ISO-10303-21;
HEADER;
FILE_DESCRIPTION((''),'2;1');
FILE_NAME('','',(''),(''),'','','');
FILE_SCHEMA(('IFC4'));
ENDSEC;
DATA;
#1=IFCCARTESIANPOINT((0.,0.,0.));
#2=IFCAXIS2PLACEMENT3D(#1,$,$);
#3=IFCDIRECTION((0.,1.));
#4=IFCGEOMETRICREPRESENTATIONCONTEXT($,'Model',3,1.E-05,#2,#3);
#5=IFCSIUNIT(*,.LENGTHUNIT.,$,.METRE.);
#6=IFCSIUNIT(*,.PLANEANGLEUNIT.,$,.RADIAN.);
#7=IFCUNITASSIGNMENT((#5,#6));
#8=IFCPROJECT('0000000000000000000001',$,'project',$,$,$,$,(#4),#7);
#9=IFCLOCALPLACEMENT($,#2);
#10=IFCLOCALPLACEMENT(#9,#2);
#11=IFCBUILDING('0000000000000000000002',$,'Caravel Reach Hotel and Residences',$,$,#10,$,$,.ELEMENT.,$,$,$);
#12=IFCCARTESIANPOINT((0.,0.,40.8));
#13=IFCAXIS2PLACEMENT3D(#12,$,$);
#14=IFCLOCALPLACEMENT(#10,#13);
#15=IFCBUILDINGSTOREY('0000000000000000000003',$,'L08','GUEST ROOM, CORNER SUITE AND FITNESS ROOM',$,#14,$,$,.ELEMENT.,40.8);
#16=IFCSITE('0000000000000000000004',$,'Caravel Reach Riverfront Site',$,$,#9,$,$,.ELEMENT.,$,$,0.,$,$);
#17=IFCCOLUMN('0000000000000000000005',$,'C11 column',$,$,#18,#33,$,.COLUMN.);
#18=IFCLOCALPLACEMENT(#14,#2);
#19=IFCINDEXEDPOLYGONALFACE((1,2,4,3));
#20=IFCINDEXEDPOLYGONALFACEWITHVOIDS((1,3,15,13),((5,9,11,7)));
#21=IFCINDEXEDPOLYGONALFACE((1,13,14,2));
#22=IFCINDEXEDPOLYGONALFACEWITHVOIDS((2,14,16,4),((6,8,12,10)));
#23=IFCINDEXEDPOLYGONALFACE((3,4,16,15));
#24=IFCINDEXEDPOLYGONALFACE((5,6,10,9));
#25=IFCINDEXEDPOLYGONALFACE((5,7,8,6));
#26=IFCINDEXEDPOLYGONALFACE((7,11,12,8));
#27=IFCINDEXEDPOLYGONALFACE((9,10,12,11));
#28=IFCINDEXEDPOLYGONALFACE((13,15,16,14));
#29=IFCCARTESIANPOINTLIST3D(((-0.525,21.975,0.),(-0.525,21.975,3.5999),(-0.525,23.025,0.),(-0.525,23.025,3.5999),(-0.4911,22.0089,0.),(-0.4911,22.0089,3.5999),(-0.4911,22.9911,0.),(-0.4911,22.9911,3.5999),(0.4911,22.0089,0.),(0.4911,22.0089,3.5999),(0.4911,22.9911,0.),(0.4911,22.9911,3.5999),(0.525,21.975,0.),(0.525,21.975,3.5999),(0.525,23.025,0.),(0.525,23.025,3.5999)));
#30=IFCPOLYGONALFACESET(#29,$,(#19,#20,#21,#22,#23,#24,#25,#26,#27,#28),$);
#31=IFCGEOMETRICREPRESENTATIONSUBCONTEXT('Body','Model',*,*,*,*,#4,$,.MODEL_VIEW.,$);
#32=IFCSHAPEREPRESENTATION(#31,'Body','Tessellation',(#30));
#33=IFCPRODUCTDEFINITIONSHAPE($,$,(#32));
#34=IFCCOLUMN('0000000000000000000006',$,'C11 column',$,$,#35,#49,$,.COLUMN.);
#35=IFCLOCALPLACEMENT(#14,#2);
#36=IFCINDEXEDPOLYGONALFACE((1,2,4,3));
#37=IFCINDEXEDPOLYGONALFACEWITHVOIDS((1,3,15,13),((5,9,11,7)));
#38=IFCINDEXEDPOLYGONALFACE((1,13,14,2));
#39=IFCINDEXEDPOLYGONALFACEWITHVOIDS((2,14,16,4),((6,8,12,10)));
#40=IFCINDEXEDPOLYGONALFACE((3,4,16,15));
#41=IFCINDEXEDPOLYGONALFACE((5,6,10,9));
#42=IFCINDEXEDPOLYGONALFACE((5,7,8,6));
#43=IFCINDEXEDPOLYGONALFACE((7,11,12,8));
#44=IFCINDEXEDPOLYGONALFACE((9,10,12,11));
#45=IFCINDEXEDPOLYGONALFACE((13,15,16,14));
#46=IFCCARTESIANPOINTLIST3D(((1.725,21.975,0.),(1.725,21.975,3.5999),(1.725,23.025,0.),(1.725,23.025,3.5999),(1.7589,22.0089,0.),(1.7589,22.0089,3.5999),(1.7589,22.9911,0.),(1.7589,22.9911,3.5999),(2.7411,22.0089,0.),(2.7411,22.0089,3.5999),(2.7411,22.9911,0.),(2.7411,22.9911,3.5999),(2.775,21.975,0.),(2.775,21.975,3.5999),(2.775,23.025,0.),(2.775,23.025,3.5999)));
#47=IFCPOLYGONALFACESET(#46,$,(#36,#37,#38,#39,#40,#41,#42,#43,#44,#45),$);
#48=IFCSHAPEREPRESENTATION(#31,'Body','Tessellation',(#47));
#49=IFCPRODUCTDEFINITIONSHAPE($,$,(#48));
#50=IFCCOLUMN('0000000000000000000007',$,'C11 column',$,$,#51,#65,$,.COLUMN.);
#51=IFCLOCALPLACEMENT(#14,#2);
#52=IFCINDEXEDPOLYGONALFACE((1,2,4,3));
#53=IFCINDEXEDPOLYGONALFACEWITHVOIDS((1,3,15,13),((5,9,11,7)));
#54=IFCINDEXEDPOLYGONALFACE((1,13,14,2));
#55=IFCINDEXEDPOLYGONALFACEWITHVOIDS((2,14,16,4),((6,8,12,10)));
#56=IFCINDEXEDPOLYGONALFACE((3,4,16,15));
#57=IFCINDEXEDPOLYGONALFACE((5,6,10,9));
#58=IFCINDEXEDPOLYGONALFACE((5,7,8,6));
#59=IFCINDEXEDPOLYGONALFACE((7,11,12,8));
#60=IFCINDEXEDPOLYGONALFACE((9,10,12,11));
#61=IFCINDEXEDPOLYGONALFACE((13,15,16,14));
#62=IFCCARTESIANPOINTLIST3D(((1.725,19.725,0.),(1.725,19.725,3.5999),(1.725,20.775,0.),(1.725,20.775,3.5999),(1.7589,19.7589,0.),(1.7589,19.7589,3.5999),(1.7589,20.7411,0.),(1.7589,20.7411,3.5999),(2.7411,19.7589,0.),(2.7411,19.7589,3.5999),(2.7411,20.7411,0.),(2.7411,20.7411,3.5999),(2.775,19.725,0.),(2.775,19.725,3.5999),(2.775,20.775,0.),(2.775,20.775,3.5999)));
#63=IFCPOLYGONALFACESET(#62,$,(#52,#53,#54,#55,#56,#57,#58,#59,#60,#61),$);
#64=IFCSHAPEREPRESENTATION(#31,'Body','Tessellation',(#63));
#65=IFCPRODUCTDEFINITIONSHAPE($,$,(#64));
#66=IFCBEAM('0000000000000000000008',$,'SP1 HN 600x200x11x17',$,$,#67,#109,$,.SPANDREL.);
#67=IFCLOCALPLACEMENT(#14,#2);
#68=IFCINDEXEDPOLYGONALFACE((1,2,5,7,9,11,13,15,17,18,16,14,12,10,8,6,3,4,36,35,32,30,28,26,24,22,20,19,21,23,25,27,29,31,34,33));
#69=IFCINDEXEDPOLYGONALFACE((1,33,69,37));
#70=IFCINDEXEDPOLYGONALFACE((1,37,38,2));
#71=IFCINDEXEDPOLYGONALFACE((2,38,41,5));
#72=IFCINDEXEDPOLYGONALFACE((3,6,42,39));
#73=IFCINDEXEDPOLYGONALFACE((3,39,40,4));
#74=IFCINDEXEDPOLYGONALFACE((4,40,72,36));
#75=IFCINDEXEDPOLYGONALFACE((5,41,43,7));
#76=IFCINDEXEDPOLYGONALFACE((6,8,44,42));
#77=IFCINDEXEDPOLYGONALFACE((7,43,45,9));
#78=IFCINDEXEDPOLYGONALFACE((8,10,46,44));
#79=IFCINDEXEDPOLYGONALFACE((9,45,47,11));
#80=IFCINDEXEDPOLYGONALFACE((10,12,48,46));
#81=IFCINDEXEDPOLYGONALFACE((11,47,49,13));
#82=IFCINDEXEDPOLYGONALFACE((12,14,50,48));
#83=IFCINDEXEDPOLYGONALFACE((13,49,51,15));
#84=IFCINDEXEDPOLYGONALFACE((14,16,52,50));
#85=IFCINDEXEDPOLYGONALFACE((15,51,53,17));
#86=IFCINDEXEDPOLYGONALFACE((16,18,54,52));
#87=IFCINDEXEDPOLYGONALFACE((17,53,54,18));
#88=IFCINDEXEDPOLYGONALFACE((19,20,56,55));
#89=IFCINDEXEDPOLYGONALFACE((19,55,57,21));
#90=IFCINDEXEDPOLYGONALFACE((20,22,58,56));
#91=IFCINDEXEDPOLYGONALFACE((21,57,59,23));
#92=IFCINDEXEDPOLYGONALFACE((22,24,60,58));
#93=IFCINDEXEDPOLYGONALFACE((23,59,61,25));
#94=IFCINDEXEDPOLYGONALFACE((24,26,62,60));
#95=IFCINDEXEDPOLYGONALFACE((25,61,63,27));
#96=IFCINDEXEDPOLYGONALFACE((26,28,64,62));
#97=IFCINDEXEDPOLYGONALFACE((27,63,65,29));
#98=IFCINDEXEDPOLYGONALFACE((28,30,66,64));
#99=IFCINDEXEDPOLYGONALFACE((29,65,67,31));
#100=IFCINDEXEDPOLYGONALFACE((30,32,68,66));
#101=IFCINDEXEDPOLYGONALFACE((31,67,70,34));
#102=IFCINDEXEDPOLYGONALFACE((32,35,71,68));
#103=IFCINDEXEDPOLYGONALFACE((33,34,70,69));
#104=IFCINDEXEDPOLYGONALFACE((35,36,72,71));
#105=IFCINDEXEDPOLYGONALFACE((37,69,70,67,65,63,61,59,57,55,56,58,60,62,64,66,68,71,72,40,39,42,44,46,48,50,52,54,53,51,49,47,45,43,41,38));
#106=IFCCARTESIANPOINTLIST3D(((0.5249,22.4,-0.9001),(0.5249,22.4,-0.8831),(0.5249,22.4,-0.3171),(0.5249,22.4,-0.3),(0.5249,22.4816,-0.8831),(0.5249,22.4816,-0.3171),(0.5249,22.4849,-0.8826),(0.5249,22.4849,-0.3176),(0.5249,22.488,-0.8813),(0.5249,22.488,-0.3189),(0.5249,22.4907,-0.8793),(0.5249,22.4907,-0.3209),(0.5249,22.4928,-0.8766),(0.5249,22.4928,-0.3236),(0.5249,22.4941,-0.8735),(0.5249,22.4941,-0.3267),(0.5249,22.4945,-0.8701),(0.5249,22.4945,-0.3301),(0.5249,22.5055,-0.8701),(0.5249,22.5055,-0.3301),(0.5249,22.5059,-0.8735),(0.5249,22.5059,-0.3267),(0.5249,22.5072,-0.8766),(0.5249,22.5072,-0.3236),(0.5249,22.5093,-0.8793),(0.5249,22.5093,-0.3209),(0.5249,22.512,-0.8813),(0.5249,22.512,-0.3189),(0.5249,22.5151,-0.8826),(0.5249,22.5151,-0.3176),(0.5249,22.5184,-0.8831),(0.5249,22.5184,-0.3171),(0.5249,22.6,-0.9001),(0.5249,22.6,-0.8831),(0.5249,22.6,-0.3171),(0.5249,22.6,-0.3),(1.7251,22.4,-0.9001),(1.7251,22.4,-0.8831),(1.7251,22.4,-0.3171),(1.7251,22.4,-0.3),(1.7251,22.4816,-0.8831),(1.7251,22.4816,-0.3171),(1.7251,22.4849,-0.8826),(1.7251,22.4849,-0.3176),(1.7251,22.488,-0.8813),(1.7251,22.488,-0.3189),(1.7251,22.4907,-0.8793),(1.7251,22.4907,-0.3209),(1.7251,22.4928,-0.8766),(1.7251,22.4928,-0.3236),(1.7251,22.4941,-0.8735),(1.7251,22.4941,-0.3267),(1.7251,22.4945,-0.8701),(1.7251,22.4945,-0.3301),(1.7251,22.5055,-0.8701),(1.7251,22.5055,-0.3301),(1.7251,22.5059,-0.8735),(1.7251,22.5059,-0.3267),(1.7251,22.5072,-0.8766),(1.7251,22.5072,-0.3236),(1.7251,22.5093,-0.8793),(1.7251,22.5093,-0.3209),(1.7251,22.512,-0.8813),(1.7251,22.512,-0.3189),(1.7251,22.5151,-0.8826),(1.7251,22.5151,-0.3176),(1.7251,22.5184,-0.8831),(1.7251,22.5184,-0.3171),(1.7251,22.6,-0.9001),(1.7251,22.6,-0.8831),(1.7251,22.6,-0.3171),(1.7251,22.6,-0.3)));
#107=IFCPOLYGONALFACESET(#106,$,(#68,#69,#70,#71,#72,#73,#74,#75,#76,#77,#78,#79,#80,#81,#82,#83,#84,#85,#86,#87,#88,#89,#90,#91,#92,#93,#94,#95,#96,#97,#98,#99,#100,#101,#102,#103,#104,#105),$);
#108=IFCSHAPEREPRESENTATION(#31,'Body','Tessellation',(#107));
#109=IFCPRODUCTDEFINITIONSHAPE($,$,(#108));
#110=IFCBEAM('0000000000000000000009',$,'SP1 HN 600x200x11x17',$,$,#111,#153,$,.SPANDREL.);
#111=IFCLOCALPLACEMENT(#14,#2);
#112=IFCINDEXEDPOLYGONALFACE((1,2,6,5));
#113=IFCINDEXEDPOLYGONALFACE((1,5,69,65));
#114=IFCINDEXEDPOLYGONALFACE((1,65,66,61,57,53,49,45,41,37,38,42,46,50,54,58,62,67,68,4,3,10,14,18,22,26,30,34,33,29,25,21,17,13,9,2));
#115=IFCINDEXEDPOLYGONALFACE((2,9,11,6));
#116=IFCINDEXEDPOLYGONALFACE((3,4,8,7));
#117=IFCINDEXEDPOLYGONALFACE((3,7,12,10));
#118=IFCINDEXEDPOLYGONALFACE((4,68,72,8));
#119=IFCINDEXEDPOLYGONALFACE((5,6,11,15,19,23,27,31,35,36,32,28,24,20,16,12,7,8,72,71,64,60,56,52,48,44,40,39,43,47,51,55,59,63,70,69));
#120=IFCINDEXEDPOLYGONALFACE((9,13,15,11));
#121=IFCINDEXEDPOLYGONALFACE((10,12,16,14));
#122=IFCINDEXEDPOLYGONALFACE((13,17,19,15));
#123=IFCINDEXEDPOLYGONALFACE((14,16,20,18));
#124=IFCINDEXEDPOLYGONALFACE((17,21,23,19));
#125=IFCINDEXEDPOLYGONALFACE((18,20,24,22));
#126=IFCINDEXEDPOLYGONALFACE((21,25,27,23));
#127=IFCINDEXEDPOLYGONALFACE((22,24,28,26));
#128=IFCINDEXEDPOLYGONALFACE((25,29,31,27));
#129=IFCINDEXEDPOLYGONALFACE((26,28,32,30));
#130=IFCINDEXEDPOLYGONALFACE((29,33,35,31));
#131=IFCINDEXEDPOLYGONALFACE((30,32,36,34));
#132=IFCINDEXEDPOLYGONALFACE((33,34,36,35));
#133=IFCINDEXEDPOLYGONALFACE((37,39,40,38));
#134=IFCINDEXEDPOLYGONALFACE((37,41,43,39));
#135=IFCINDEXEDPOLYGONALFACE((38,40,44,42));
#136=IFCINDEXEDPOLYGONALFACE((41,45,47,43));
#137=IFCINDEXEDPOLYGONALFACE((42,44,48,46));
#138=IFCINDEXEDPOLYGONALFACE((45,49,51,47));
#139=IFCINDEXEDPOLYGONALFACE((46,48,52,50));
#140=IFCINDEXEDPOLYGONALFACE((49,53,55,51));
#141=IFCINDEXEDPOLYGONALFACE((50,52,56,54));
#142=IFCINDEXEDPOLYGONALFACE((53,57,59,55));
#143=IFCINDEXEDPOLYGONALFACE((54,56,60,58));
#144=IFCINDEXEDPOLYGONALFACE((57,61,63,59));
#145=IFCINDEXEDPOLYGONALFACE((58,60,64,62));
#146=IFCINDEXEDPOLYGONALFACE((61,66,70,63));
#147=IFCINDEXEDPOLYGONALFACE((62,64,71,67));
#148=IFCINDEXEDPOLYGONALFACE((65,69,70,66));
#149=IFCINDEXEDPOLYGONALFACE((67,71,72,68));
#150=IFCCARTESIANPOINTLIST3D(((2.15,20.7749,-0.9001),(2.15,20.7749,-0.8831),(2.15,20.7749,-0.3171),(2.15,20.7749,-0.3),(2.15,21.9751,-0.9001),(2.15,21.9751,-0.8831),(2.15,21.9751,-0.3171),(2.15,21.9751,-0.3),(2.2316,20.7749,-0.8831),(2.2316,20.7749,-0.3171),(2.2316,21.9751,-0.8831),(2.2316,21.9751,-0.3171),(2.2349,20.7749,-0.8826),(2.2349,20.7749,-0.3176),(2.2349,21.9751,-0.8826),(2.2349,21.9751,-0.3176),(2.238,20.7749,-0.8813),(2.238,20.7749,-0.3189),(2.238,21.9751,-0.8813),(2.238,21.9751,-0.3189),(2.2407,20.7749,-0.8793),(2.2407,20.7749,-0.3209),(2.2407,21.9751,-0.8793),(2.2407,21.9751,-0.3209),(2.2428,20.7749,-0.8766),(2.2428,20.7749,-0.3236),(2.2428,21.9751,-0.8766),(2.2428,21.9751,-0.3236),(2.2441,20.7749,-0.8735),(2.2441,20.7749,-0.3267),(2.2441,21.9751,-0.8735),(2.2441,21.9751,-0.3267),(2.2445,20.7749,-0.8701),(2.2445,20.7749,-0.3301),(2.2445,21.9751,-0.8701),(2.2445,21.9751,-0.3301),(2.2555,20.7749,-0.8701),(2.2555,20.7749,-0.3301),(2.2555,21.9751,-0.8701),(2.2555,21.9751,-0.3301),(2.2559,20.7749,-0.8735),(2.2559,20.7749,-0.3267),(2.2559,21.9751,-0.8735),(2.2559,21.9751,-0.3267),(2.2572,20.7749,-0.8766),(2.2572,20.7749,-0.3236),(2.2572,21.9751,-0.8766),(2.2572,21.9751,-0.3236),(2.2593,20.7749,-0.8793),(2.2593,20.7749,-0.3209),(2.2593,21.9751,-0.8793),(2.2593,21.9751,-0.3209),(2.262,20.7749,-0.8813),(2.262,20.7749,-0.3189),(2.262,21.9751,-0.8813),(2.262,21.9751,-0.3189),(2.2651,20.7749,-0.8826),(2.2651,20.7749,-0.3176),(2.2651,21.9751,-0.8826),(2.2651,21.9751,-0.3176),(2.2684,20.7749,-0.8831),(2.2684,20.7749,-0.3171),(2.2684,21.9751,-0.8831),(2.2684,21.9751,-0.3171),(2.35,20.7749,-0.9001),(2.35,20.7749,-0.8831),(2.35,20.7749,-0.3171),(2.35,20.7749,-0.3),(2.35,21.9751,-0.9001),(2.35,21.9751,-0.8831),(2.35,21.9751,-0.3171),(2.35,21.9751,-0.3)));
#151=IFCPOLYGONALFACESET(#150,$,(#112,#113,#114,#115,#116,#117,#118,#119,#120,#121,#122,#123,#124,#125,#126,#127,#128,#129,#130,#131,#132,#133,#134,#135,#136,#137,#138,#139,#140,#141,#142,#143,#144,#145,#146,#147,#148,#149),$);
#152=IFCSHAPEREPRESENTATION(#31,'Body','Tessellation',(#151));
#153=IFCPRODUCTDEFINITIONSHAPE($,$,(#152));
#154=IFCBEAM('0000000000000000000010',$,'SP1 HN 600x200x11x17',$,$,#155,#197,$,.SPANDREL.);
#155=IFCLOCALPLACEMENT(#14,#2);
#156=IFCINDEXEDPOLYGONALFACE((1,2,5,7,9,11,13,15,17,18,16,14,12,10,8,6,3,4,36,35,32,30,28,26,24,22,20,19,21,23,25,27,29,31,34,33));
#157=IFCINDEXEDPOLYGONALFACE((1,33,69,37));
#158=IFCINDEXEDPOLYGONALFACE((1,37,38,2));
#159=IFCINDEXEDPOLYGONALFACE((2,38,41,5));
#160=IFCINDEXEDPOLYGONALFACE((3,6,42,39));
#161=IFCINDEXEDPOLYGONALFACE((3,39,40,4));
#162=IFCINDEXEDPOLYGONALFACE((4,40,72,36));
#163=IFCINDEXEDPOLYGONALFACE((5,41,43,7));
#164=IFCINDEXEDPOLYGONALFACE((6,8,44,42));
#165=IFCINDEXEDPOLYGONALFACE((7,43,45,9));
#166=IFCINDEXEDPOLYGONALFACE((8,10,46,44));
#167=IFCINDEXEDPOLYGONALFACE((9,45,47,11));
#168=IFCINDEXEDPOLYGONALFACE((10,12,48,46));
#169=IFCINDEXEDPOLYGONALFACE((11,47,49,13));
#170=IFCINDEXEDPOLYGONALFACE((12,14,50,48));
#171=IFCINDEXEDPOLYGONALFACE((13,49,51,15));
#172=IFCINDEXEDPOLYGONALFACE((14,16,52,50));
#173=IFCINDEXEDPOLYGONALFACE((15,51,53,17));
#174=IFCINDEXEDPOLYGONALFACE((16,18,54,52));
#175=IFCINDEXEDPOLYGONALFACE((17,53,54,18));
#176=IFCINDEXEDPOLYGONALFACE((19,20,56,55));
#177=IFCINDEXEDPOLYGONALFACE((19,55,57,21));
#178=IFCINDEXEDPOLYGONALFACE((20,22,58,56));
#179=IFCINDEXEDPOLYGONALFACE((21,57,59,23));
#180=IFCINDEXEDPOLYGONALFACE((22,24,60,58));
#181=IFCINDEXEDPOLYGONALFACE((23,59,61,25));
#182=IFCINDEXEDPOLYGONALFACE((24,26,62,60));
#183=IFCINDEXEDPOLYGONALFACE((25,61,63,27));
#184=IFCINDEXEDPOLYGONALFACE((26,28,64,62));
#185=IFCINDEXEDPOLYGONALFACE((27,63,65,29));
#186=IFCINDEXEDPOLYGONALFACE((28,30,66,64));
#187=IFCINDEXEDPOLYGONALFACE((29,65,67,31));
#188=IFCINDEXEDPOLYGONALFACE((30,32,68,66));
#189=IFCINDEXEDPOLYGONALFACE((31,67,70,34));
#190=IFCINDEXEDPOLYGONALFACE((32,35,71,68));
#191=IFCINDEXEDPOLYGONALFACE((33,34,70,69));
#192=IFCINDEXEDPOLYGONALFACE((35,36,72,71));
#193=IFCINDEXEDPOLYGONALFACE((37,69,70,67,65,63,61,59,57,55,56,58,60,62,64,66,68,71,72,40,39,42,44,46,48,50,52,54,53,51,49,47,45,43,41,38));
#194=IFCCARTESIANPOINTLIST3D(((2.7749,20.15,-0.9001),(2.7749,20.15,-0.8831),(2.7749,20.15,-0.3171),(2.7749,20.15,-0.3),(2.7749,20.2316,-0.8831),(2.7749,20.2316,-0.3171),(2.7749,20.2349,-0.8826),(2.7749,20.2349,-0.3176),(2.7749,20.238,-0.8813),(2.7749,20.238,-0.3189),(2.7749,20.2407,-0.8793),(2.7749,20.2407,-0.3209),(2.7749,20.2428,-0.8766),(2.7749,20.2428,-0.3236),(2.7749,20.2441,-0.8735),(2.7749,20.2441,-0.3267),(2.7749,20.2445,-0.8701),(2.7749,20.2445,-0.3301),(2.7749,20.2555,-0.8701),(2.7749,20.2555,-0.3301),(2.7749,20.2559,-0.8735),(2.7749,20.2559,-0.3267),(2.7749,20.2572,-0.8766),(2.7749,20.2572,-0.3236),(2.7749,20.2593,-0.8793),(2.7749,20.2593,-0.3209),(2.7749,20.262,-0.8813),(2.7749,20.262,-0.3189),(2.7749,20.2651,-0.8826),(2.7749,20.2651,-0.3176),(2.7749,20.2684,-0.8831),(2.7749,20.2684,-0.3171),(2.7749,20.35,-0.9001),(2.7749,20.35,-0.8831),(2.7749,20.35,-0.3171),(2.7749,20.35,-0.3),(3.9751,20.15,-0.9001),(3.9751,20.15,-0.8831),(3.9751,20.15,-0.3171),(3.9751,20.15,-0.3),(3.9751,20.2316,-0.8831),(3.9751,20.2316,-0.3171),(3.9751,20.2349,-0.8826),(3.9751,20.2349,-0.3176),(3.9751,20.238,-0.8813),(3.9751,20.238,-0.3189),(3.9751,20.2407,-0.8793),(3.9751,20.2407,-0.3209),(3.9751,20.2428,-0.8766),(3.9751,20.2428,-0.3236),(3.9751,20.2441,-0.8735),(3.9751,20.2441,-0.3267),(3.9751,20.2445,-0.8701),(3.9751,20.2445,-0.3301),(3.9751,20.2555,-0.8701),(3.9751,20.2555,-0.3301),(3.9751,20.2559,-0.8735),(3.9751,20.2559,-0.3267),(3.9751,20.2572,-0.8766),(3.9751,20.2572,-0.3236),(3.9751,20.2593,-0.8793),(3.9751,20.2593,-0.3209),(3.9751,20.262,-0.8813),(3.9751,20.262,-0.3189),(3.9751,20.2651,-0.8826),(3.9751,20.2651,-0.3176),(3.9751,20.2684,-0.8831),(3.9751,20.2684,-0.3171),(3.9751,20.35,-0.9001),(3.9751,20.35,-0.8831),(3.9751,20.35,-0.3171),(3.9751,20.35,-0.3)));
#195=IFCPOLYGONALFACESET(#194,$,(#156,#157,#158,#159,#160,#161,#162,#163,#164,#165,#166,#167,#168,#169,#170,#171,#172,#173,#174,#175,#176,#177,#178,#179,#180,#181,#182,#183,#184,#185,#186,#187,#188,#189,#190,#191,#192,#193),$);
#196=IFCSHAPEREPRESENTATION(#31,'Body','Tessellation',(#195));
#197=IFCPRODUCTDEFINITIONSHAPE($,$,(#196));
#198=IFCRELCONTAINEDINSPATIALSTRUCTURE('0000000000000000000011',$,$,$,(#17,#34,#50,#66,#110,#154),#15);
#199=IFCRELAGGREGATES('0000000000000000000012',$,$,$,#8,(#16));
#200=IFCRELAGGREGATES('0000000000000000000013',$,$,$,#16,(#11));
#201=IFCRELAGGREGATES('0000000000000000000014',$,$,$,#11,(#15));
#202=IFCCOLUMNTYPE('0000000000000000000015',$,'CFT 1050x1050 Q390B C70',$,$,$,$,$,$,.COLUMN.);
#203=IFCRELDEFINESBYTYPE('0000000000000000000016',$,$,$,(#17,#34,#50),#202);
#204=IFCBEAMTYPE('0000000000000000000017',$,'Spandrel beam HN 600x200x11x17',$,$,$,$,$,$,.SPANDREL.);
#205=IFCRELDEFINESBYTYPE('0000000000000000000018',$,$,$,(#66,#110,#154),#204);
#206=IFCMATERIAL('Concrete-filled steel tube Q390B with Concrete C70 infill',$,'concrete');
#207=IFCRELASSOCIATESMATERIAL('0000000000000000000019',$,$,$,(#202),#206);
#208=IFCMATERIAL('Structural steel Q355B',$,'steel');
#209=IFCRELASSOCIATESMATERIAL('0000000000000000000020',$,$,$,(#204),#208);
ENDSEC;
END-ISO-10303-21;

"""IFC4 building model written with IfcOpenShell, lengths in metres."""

from ifc_helpers import new_model, si_unit, direction, frame, origin, origin_2d, place, context, subcontext, project, spatial, hollow_rectangle, i_section, extrude, material, material_profile, profile_set, type_object, element, save


model = new_model("IFC4")

# Units and contexts
model_context = context("Model", 3, precision=1e-05, world=origin(), true_north=direction((0.0, 1.0)))
body_context = subcontext(model_context, "Body", "Model", "MODEL_VIEW")
ifc_project = project(units=[si_unit("LENGTHUNIT", "METRE"), si_unit("PLANEANGLEUNIT", "RADIAN")], contexts=[model_context])

# Site, building, storey
site_placement = place(None, origin())
site = spatial("IfcSite", under=ifc_project, at=site_placement, Name="Caravel Reach Riverfront Site", CompositionType="ELEMENT", RefElevation=0.0)
building_placement = place(site_placement, origin())
building = spatial("IfcBuilding", under=site, at=building_placement, Name="Caravel Reach Hotel and Residences", CompositionType="ELEMENT")
storey_placement = place(building_placement, frame((0.0, 0.0, 40.8)))
storey = spatial("IfcBuildingStorey", under=building, at=storey_placement, Name="L08", Description="GUEST ROOM, CORNER SUITE AND FITNESS ROOM", CompositionType="ELEMENT", Elevation=40.8)

# Columns
ifc_material_1 = material(Name="Concrete-filled steel tube Q390B with Concrete C70 infill", Category="concrete")
ifc_material_profile_1 = material_profile(ifc_material_1, hollow_rectangle(XDim=1.05, YDim=1.05, WallThickness=0.0339, at=origin_2d()), Name="RHS 1050x1050x34")
ifc_profile_set_1 = profile_set([ifc_material_profile_1], Name="Concrete-filled steel tube Q390B with Concrete C70 infill")
column_type = type_object("IfcColumnType", Name="CFT 1050x1050 Q390B C70", PredefinedType="COLUMN", material=ifc_profile_set_1)
for number, where, z_axis, x_axis, name in (
    (1, (0.0, 22.5, 0.0), (0.0, 0.0, 1.0), (1.0, 0.0, 0.0), "C11 column"),
    (2, (2.25, 22.5, 0.0), (0.0, 0.0, 1.0), (1.0, 0.0, 0.0), "C11 column"),
    (3, (2.25, 20.25, 0.0), (0.0, 0.0, 1.0), (1.0, 0.0, 0.0), "C11 column"),
):
    element("IfcColumn", number, at=place(storey_placement, frame(where, z_axis=z_axis, x_axis=x_axis)), inside=storey, type_object=column_type, Name=name, PredefinedType="COLUMN", context=body_context, shape_type="SweptSolid", body=[
        extrude(hollow_rectangle(XDim=1.05, YDim=1.05, WallThickness=0.0339, at=origin_2d()), origin(), (0.0, 0.0, 1.0), 3.5999),
    ])

# Beams
ifc_material_2 = material(Name="Structural steel Q355B", Category="steel")
ifc_material_profile_2 = material_profile(ifc_material_2, i_section(OverallWidth=0.2, OverallDepth=0.6001, WebThickness=0.011, FlangeThickness=0.0171, FilletRadius=0.0129, at=origin_2d()), Name="HN 600x200x11x17")
ifc_profile_set_2 = profile_set([ifc_material_profile_2], Name="Structural steel Q355B")
beam_type = type_object("IfcBeamType", Name="Spandrel beam HN 600x200x11x17", PredefinedType="SPANDREL", material=ifc_profile_set_2)
for number, where, z_axis, x_axis, name in (
    (4, (0.5249, 22.5, -0.6001), (1.0, 0.0, 0.0), (0.0, 1.0, 0.0), "SP1 HN 600x200x11x17"),
    (5, (2.25, 21.9751, -0.6001), (0.0, -1.0, 0.0), (1.0, 0.0, 0.0), "SP1 HN 600x200x11x17"),
    (6, (2.7749, 20.25, -0.6001), (1.0, 0.0, 0.0), (0.0, 1.0, 0.0), "SP1 HN 600x200x11x17"),
):
    element("IfcBeam", number, at=place(storey_placement, frame(where, z_axis=z_axis, x_axis=x_axis)), inside=storey, type_object=beam_type, Name=name, PredefinedType="SPANDREL", context=body_context, shape_type="SweptSolid", body=[
        extrude(i_section(OverallWidth=0.2, OverallDepth=0.6001, WebThickness=0.011, FlangeThickness=0.0171, FilletRadius=0.0129, at=origin_2d()), origin(), (0.0, 0.0, 1.0), 1.2002),
    ])

save(model, "model.ifc")
